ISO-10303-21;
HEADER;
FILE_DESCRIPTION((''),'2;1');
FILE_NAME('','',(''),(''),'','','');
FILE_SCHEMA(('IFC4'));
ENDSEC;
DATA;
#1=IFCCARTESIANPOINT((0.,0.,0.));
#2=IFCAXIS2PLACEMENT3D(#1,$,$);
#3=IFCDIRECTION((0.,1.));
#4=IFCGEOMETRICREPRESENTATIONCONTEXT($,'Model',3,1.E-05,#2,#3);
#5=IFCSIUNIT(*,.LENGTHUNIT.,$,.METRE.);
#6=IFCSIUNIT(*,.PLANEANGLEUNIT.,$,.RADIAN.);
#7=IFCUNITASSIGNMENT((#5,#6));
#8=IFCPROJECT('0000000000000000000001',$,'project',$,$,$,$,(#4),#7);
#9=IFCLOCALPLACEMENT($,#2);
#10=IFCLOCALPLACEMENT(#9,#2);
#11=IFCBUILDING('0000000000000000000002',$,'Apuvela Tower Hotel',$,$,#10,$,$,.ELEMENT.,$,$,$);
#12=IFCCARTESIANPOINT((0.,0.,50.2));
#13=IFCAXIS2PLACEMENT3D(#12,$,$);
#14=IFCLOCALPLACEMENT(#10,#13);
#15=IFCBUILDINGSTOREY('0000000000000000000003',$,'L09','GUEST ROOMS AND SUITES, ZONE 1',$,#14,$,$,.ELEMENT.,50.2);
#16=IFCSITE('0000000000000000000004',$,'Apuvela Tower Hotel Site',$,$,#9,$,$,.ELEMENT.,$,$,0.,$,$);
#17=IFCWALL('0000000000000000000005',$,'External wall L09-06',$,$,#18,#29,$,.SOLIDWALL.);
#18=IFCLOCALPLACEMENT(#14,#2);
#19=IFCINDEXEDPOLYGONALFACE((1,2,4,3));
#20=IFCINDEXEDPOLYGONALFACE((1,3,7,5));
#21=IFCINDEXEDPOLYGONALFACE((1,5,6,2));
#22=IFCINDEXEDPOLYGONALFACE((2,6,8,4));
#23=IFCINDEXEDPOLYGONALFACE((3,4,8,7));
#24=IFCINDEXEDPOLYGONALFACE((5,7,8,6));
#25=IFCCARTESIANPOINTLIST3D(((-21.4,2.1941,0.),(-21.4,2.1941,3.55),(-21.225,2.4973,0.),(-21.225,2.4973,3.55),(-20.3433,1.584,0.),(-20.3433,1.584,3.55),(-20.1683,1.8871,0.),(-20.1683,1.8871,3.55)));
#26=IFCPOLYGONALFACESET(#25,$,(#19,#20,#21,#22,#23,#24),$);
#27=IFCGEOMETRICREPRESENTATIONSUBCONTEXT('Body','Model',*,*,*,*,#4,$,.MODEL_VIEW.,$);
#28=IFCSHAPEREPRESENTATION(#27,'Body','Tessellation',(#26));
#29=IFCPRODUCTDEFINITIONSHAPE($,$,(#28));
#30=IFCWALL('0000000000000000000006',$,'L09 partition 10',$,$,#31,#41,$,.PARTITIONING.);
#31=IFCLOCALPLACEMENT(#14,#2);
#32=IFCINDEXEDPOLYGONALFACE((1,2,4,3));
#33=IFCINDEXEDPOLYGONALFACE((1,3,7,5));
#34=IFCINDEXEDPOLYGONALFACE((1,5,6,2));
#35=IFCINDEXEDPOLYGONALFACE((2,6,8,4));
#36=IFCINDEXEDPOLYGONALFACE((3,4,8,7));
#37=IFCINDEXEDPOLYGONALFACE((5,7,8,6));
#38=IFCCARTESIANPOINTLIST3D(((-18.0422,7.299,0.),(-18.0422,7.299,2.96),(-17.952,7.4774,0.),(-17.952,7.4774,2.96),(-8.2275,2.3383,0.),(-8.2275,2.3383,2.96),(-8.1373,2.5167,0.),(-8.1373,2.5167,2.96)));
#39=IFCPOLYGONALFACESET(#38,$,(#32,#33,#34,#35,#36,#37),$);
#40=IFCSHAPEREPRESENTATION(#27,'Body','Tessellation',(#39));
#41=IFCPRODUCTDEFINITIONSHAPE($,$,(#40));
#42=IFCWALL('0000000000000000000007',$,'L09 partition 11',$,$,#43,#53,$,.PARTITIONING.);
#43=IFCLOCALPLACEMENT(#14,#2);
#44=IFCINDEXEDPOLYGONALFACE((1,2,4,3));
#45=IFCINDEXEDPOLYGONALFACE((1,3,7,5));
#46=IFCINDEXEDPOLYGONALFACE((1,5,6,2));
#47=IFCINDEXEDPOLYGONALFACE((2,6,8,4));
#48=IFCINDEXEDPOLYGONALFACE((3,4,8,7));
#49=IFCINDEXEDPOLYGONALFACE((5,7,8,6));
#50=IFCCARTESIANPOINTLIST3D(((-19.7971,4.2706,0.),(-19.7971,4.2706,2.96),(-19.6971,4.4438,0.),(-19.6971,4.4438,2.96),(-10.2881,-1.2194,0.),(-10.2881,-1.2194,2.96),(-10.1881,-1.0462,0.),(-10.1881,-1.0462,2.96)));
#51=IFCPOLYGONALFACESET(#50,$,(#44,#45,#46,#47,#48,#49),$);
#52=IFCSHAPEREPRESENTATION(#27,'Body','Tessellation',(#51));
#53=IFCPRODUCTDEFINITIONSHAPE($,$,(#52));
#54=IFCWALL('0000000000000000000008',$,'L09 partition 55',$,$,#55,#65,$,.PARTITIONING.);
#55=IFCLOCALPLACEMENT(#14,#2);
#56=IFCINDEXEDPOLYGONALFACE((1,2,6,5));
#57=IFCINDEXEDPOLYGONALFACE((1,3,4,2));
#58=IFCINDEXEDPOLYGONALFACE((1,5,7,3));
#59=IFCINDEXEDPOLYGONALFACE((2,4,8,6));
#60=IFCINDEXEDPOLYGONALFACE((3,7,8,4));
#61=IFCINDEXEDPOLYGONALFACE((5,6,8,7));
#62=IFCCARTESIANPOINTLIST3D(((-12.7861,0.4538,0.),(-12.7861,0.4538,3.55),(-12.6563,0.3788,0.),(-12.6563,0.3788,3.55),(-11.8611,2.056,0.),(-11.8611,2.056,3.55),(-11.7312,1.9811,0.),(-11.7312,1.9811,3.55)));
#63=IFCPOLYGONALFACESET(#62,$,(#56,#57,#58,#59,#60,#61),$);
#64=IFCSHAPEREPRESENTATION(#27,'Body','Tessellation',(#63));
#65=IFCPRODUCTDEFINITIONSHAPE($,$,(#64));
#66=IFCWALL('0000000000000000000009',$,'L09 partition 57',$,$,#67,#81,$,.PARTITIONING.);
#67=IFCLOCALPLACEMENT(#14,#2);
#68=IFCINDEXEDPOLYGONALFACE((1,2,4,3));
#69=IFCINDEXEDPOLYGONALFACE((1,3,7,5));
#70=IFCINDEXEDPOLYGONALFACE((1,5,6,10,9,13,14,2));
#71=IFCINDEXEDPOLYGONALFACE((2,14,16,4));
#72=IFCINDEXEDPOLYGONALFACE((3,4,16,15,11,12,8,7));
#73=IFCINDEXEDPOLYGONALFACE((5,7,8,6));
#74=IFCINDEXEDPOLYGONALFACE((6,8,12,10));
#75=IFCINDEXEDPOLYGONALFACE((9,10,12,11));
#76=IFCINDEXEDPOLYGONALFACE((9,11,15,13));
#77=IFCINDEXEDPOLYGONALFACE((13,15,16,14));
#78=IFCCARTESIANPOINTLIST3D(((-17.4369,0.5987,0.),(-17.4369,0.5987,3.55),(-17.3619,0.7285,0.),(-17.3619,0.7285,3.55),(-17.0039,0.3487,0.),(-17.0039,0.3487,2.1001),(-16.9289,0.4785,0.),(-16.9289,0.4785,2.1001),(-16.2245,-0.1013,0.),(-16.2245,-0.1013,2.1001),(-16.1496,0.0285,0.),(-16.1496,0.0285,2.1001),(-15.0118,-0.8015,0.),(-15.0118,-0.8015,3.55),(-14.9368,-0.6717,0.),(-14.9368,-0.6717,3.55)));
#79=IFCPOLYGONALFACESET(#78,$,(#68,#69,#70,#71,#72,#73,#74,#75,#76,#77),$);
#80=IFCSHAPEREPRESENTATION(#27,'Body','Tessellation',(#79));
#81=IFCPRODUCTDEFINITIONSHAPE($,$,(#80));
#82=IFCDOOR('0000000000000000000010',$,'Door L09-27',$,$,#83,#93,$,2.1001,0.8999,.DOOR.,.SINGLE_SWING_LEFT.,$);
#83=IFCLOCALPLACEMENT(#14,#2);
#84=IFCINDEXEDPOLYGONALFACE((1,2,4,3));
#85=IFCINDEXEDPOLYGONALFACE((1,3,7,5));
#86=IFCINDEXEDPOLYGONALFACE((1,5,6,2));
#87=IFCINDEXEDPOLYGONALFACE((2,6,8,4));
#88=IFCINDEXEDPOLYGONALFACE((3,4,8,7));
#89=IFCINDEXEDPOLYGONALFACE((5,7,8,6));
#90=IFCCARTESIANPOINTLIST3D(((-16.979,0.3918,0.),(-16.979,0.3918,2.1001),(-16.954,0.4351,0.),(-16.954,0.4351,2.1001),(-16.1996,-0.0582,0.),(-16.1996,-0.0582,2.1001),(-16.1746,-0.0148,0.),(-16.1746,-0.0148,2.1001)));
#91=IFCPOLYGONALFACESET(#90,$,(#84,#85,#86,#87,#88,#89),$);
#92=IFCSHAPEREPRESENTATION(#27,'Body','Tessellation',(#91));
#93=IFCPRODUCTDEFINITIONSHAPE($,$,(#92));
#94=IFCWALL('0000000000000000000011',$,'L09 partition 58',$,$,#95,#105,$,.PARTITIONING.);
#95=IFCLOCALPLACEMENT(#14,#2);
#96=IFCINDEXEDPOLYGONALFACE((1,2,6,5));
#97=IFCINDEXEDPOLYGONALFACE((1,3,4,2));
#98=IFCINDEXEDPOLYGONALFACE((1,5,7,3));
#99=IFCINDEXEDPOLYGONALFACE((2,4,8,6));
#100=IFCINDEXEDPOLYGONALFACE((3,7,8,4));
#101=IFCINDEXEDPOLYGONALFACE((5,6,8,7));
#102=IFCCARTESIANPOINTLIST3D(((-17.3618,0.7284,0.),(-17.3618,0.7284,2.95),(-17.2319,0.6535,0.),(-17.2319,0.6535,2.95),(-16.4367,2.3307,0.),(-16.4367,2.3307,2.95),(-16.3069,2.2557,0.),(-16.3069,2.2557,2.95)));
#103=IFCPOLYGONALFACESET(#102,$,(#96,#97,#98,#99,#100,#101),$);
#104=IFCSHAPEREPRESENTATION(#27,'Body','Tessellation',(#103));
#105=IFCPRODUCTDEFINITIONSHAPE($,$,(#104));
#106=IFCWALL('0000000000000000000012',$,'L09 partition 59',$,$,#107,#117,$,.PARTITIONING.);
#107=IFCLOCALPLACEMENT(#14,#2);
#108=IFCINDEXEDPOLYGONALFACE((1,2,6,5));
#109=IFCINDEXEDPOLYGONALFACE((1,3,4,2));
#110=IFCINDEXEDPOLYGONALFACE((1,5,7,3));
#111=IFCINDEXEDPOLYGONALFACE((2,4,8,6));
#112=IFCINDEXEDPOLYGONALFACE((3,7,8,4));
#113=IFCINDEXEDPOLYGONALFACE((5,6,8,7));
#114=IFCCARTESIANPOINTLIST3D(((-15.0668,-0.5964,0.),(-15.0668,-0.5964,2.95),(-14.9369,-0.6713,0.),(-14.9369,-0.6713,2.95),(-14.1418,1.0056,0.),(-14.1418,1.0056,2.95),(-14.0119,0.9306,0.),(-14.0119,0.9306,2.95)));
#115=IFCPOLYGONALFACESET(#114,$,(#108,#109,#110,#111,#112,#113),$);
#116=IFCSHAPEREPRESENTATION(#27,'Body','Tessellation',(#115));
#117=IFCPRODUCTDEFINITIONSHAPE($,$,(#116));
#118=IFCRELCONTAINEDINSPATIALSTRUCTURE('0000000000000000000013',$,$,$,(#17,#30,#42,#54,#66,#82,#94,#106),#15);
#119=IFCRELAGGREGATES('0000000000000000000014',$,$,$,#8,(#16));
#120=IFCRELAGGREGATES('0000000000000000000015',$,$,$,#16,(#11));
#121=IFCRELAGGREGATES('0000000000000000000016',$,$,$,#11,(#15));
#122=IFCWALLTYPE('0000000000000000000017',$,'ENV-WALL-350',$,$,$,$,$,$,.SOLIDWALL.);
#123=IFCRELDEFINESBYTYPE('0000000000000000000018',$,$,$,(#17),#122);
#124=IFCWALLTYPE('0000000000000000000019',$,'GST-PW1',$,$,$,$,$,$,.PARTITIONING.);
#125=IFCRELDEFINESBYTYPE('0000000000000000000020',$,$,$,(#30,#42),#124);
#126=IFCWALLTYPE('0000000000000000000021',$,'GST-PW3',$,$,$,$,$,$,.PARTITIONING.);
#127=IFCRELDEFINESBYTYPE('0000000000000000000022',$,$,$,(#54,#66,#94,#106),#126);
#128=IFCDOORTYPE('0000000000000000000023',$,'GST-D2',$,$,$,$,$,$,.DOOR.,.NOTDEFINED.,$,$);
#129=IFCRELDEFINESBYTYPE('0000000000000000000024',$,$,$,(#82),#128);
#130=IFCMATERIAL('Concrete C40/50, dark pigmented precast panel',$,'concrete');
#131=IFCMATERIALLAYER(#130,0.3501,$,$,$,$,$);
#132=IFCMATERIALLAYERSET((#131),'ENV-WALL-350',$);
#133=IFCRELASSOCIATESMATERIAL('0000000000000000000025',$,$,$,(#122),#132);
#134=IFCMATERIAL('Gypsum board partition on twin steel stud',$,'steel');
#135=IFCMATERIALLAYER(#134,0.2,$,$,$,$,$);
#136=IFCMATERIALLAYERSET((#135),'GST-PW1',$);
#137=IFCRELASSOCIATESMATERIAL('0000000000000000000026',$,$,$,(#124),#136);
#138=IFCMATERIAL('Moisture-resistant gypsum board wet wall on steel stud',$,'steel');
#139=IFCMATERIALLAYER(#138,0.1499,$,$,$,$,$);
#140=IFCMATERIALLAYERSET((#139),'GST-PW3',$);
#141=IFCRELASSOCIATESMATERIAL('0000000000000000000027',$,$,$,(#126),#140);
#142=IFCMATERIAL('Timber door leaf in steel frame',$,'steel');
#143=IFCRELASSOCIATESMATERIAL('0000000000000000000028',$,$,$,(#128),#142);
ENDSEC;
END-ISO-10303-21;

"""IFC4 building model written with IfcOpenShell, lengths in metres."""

from ifc_helpers import new_model, si_unit, direction, frame, frame_2d, origin, place, context, subcontext, project, spatial, rectangle, extrude, material, layer, layer_set, type_object, element, fill, save


model = new_model("IFC4")

# Units and contexts
model_context = context("Model", 3, precision=1e-05, world=origin(), true_north=direction((0.0, 1.0)))
body_context = subcontext(model_context, "Body", "Model", "MODEL_VIEW")
ifc_project = project(units=[si_unit("LENGTHUNIT", "METRE"), si_unit("PLANEANGLEUNIT", "RADIAN")], contexts=[model_context])

# Site, building, storey
site_placement = place(None, origin())
site = spatial("IfcSite", under=ifc_project, at=site_placement, Name="Apuvela Tower Hotel Site", CompositionType="ELEMENT", RefElevation=0.0)
building_placement = place(site_placement, origin())
building = spatial("IfcBuilding", under=site, at=building_placement, Name="Apuvela Tower Hotel", CompositionType="ELEMENT")
storey_placement = place(building_placement, frame((0.0, 0.0, 50.2)))
storey = spatial("IfcBuildingStorey", under=building, at=storey_placement, Name="L09", Description="GUEST ROOMS AND SUITES, ZONE 1", CompositionType="ELEMENT", Elevation=50.2)

# Wall
ifc_material_1 = material(Name="Concrete C40/50, dark pigmented precast panel", Category="concrete")
ifc_layer_1 = layer(ifc_material_1, 0.3501)
ifc_layer_set_1 = layer_set([ifc_layer_1], Name="ENV-WALL-350")
wall_type_1 = type_object("IfcWallType", Name="ENV-WALL-350", PredefinedType="SOLIDWALL", material=ifc_layer_set_1)
wall_1_placement = place(storey_placement, frame((-21.3125, 2.3457, 0.0), z_axis=(0.0, 0.0, 1.0), x_axis=(0.866006, -0.500034, 0.0)))
element("IfcWall", 1, at=wall_1_placement, inside=storey, type_object=wall_type_1, Name="External wall L09-06", PredefinedType="SOLIDWALL", context=body_context, shape_type="SweptSolid", body=[
    extrude(rectangle(XDim=1.2202, YDim=0.3501, at=frame_2d((0.6101, 0.0))), origin(), (0.0, 0.0, 1.0), 3.55),
])

# Walls
ifc_material_2 = material(Name="Gypsum board partition on twin steel stud", Category="steel")
ifc_layer_2 = layer(ifc_material_2, 0.2)
ifc_layer_set_2 = layer_set([ifc_layer_2], Name="GST-PW1")
wall_type_2 = type_object("IfcWallType", Name="GST-PW1", PredefinedType="PARTITIONING", material=ifc_layer_set_2)
wall_2_placement = place(storey_placement, frame((-17.9971, 7.3882, 0.0), z_axis=(0.0, 0.0, 1.0), x_axis=(0.892478, -0.45109, 0.0)))
element("IfcWall", 2, at=wall_2_placement, inside=storey, type_object=wall_type_2, Name="L09 partition 10", PredefinedType="PARTITIONING", context=body_context, shape_type="SweptSolid", body=[
    extrude(rectangle(XDim=10.9971, YDim=0.2, at=frame_2d((5.4985, 0.0))), origin(), (0.0, 0.0, 1.0), 2.96),
])
wall_3_placement = place(storey_placement, frame((-19.7471, 4.3572, 0.0), z_axis=(0.0, 0.0, 1.0), x_axis=(0.866027, -0.499996, 0.0)))
element("IfcWall", 3, at=wall_3_placement, inside=storey, type_object=wall_type_2, Name="L09 partition 11", PredefinedType="PARTITIONING", context=body_context, shape_type="SweptSolid", body=[
    extrude(rectangle(XDim=10.98, YDim=0.2, at=frame_2d((5.49, 0.0))), origin(), (0.0, 0.0, 1.0), 2.96),
])
ifc_material_3 = material(Name="Moisture-resistant gypsum board wet wall on steel stud", Category="steel")
ifc_layer_3 = layer(ifc_material_3, 0.1499)
ifc_layer_set_3 = layer_set([ifc_layer_3], Name="GST-PW3")
wall_type_3 = type_object("IfcWallType", Name="GST-PW3", PredefinedType="PARTITIONING", material=ifc_layer_set_3)
wall_4_placement = place(storey_placement, frame((-11.7961, 2.0186, 0.0), z_axis=(0.0, 0.0, 1.0), x_axis=(-0.499985, -0.866034, 0.0)))
element("IfcWall", 4, at=wall_4_placement, inside=storey, type_object=wall_type_3, Name="L09 partition 55", PredefinedType="PARTITIONING", context=body_context, shape_type="SweptSolid", body=[
    extrude(rectangle(XDim=1.8501, YDim=0.1499, at=frame_2d((0.925, 0.0))), origin(), (0.0, 0.0, 1.0), 3.55),
])

# Wall, opening, door
wall_5_placement = place(storey_placement, frame((-17.3994, 0.6636, 0.0), z_axis=(0.0, 0.0, 1.0), x_axis=(0.866019, -0.500012, 0.0)))
wall_5 = element("IfcWall", 5, at=wall_5_placement, inside=storey, type_object=wall_type_3, Name="L09 partition 57", PredefinedType="PARTITIONING", context=body_context, shape_type="SweptSolid", body=[
    extrude(rectangle(XDim=2.8003, YDim=0.1499, at=frame_2d((1.4001, 0.0))), origin(), (0.0, 0.0, 1.0), 3.55),
])
opening_1_placement = place(wall_5_placement, frame((0.5, 0.0, 0.0)))
opening_1 = element("IfcOpeningElement", 6, at=opening_1_placement, cuts=wall_5, PredefinedType="OPENING", context=body_context, shape_type="SweptSolid", body=[
    extrude(rectangle(XDim=0.8999, YDim=2.1001, at=frame_2d((0.45, 1.05))), frame((0.0, 0.085, 0.0), z_axis=(0.0, -1.0, 0.0), x_axis=(1.0, 0.0, 0.0)), (0.0, 0.0, 1.0), 0.1699),
])
ifc_material_4 = material(Name="Timber door leaf in steel frame", Category="steel")
door_type_1 = type_object("IfcDoorType", Name="GST-D2", OperationType="NOTDEFINED", PredefinedType="DOOR", material=ifc_material_4)
door_1_placement = place(opening_1_placement, origin())
door_1 = element("IfcDoor", 7, at=door_1_placement, inside=storey, type_object=door_type_1, Name="Door L09-27", OperationType="SINGLE_SWING_LEFT", OverallHeight=2.1001, OverallWidth=0.8999, PredefinedType="DOOR", context=body_context, shape_type="SweptSolid", body=[
    extrude(rectangle(XDim=0.8999, YDim=2.1001, at=frame_2d((0.45, 1.05))), frame((0.0, 0.0249, 0.0), z_axis=(0.0, -1.0, 0.0), x_axis=(1.0, 0.0, 0.0)), (0.0, 0.0, 1.0), 0.05),
])
fill(opening_1, door_1)

# Walls
wall_6_placement = place(storey_placement, frame((-16.3718, 2.2932, 0.0), z_axis=(0.0, 0.0, 1.0), x_axis=(-0.499985, -0.866034, 0.0)))
element("IfcWall", 8, at=wall_6_placement, inside=storey, type_object=wall_type_3, Name="L09 partition 58", PredefinedType="PARTITIONING", context=body_context, shape_type="SweptSolid", body=[
    extrude(rectangle(XDim=1.8501, YDim=0.1499, at=frame_2d((0.925, 0.0))), origin(), (0.0, 0.0, 1.0), 2.95),
])
wall_7_placement = place(storey_placement, frame((-14.0769, 0.968, 0.0), z_axis=(0.0, 0.0, 1.0), x_axis=(-0.500042, -0.866001, 0.0)))
element("IfcWall", 9, at=wall_7_placement, inside=storey, type_object=wall_type_3, Name="L09 partition 59", PredefinedType="PARTITIONING", context=body_context, shape_type="SweptSolid", body=[
    extrude(rectangle(XDim=1.8499, YDim=0.1499, at=frame_2d((0.9248, 0.0))), origin(), (0.0, 0.0, 1.0), 2.95),
])

save(model, "model.ifc")
